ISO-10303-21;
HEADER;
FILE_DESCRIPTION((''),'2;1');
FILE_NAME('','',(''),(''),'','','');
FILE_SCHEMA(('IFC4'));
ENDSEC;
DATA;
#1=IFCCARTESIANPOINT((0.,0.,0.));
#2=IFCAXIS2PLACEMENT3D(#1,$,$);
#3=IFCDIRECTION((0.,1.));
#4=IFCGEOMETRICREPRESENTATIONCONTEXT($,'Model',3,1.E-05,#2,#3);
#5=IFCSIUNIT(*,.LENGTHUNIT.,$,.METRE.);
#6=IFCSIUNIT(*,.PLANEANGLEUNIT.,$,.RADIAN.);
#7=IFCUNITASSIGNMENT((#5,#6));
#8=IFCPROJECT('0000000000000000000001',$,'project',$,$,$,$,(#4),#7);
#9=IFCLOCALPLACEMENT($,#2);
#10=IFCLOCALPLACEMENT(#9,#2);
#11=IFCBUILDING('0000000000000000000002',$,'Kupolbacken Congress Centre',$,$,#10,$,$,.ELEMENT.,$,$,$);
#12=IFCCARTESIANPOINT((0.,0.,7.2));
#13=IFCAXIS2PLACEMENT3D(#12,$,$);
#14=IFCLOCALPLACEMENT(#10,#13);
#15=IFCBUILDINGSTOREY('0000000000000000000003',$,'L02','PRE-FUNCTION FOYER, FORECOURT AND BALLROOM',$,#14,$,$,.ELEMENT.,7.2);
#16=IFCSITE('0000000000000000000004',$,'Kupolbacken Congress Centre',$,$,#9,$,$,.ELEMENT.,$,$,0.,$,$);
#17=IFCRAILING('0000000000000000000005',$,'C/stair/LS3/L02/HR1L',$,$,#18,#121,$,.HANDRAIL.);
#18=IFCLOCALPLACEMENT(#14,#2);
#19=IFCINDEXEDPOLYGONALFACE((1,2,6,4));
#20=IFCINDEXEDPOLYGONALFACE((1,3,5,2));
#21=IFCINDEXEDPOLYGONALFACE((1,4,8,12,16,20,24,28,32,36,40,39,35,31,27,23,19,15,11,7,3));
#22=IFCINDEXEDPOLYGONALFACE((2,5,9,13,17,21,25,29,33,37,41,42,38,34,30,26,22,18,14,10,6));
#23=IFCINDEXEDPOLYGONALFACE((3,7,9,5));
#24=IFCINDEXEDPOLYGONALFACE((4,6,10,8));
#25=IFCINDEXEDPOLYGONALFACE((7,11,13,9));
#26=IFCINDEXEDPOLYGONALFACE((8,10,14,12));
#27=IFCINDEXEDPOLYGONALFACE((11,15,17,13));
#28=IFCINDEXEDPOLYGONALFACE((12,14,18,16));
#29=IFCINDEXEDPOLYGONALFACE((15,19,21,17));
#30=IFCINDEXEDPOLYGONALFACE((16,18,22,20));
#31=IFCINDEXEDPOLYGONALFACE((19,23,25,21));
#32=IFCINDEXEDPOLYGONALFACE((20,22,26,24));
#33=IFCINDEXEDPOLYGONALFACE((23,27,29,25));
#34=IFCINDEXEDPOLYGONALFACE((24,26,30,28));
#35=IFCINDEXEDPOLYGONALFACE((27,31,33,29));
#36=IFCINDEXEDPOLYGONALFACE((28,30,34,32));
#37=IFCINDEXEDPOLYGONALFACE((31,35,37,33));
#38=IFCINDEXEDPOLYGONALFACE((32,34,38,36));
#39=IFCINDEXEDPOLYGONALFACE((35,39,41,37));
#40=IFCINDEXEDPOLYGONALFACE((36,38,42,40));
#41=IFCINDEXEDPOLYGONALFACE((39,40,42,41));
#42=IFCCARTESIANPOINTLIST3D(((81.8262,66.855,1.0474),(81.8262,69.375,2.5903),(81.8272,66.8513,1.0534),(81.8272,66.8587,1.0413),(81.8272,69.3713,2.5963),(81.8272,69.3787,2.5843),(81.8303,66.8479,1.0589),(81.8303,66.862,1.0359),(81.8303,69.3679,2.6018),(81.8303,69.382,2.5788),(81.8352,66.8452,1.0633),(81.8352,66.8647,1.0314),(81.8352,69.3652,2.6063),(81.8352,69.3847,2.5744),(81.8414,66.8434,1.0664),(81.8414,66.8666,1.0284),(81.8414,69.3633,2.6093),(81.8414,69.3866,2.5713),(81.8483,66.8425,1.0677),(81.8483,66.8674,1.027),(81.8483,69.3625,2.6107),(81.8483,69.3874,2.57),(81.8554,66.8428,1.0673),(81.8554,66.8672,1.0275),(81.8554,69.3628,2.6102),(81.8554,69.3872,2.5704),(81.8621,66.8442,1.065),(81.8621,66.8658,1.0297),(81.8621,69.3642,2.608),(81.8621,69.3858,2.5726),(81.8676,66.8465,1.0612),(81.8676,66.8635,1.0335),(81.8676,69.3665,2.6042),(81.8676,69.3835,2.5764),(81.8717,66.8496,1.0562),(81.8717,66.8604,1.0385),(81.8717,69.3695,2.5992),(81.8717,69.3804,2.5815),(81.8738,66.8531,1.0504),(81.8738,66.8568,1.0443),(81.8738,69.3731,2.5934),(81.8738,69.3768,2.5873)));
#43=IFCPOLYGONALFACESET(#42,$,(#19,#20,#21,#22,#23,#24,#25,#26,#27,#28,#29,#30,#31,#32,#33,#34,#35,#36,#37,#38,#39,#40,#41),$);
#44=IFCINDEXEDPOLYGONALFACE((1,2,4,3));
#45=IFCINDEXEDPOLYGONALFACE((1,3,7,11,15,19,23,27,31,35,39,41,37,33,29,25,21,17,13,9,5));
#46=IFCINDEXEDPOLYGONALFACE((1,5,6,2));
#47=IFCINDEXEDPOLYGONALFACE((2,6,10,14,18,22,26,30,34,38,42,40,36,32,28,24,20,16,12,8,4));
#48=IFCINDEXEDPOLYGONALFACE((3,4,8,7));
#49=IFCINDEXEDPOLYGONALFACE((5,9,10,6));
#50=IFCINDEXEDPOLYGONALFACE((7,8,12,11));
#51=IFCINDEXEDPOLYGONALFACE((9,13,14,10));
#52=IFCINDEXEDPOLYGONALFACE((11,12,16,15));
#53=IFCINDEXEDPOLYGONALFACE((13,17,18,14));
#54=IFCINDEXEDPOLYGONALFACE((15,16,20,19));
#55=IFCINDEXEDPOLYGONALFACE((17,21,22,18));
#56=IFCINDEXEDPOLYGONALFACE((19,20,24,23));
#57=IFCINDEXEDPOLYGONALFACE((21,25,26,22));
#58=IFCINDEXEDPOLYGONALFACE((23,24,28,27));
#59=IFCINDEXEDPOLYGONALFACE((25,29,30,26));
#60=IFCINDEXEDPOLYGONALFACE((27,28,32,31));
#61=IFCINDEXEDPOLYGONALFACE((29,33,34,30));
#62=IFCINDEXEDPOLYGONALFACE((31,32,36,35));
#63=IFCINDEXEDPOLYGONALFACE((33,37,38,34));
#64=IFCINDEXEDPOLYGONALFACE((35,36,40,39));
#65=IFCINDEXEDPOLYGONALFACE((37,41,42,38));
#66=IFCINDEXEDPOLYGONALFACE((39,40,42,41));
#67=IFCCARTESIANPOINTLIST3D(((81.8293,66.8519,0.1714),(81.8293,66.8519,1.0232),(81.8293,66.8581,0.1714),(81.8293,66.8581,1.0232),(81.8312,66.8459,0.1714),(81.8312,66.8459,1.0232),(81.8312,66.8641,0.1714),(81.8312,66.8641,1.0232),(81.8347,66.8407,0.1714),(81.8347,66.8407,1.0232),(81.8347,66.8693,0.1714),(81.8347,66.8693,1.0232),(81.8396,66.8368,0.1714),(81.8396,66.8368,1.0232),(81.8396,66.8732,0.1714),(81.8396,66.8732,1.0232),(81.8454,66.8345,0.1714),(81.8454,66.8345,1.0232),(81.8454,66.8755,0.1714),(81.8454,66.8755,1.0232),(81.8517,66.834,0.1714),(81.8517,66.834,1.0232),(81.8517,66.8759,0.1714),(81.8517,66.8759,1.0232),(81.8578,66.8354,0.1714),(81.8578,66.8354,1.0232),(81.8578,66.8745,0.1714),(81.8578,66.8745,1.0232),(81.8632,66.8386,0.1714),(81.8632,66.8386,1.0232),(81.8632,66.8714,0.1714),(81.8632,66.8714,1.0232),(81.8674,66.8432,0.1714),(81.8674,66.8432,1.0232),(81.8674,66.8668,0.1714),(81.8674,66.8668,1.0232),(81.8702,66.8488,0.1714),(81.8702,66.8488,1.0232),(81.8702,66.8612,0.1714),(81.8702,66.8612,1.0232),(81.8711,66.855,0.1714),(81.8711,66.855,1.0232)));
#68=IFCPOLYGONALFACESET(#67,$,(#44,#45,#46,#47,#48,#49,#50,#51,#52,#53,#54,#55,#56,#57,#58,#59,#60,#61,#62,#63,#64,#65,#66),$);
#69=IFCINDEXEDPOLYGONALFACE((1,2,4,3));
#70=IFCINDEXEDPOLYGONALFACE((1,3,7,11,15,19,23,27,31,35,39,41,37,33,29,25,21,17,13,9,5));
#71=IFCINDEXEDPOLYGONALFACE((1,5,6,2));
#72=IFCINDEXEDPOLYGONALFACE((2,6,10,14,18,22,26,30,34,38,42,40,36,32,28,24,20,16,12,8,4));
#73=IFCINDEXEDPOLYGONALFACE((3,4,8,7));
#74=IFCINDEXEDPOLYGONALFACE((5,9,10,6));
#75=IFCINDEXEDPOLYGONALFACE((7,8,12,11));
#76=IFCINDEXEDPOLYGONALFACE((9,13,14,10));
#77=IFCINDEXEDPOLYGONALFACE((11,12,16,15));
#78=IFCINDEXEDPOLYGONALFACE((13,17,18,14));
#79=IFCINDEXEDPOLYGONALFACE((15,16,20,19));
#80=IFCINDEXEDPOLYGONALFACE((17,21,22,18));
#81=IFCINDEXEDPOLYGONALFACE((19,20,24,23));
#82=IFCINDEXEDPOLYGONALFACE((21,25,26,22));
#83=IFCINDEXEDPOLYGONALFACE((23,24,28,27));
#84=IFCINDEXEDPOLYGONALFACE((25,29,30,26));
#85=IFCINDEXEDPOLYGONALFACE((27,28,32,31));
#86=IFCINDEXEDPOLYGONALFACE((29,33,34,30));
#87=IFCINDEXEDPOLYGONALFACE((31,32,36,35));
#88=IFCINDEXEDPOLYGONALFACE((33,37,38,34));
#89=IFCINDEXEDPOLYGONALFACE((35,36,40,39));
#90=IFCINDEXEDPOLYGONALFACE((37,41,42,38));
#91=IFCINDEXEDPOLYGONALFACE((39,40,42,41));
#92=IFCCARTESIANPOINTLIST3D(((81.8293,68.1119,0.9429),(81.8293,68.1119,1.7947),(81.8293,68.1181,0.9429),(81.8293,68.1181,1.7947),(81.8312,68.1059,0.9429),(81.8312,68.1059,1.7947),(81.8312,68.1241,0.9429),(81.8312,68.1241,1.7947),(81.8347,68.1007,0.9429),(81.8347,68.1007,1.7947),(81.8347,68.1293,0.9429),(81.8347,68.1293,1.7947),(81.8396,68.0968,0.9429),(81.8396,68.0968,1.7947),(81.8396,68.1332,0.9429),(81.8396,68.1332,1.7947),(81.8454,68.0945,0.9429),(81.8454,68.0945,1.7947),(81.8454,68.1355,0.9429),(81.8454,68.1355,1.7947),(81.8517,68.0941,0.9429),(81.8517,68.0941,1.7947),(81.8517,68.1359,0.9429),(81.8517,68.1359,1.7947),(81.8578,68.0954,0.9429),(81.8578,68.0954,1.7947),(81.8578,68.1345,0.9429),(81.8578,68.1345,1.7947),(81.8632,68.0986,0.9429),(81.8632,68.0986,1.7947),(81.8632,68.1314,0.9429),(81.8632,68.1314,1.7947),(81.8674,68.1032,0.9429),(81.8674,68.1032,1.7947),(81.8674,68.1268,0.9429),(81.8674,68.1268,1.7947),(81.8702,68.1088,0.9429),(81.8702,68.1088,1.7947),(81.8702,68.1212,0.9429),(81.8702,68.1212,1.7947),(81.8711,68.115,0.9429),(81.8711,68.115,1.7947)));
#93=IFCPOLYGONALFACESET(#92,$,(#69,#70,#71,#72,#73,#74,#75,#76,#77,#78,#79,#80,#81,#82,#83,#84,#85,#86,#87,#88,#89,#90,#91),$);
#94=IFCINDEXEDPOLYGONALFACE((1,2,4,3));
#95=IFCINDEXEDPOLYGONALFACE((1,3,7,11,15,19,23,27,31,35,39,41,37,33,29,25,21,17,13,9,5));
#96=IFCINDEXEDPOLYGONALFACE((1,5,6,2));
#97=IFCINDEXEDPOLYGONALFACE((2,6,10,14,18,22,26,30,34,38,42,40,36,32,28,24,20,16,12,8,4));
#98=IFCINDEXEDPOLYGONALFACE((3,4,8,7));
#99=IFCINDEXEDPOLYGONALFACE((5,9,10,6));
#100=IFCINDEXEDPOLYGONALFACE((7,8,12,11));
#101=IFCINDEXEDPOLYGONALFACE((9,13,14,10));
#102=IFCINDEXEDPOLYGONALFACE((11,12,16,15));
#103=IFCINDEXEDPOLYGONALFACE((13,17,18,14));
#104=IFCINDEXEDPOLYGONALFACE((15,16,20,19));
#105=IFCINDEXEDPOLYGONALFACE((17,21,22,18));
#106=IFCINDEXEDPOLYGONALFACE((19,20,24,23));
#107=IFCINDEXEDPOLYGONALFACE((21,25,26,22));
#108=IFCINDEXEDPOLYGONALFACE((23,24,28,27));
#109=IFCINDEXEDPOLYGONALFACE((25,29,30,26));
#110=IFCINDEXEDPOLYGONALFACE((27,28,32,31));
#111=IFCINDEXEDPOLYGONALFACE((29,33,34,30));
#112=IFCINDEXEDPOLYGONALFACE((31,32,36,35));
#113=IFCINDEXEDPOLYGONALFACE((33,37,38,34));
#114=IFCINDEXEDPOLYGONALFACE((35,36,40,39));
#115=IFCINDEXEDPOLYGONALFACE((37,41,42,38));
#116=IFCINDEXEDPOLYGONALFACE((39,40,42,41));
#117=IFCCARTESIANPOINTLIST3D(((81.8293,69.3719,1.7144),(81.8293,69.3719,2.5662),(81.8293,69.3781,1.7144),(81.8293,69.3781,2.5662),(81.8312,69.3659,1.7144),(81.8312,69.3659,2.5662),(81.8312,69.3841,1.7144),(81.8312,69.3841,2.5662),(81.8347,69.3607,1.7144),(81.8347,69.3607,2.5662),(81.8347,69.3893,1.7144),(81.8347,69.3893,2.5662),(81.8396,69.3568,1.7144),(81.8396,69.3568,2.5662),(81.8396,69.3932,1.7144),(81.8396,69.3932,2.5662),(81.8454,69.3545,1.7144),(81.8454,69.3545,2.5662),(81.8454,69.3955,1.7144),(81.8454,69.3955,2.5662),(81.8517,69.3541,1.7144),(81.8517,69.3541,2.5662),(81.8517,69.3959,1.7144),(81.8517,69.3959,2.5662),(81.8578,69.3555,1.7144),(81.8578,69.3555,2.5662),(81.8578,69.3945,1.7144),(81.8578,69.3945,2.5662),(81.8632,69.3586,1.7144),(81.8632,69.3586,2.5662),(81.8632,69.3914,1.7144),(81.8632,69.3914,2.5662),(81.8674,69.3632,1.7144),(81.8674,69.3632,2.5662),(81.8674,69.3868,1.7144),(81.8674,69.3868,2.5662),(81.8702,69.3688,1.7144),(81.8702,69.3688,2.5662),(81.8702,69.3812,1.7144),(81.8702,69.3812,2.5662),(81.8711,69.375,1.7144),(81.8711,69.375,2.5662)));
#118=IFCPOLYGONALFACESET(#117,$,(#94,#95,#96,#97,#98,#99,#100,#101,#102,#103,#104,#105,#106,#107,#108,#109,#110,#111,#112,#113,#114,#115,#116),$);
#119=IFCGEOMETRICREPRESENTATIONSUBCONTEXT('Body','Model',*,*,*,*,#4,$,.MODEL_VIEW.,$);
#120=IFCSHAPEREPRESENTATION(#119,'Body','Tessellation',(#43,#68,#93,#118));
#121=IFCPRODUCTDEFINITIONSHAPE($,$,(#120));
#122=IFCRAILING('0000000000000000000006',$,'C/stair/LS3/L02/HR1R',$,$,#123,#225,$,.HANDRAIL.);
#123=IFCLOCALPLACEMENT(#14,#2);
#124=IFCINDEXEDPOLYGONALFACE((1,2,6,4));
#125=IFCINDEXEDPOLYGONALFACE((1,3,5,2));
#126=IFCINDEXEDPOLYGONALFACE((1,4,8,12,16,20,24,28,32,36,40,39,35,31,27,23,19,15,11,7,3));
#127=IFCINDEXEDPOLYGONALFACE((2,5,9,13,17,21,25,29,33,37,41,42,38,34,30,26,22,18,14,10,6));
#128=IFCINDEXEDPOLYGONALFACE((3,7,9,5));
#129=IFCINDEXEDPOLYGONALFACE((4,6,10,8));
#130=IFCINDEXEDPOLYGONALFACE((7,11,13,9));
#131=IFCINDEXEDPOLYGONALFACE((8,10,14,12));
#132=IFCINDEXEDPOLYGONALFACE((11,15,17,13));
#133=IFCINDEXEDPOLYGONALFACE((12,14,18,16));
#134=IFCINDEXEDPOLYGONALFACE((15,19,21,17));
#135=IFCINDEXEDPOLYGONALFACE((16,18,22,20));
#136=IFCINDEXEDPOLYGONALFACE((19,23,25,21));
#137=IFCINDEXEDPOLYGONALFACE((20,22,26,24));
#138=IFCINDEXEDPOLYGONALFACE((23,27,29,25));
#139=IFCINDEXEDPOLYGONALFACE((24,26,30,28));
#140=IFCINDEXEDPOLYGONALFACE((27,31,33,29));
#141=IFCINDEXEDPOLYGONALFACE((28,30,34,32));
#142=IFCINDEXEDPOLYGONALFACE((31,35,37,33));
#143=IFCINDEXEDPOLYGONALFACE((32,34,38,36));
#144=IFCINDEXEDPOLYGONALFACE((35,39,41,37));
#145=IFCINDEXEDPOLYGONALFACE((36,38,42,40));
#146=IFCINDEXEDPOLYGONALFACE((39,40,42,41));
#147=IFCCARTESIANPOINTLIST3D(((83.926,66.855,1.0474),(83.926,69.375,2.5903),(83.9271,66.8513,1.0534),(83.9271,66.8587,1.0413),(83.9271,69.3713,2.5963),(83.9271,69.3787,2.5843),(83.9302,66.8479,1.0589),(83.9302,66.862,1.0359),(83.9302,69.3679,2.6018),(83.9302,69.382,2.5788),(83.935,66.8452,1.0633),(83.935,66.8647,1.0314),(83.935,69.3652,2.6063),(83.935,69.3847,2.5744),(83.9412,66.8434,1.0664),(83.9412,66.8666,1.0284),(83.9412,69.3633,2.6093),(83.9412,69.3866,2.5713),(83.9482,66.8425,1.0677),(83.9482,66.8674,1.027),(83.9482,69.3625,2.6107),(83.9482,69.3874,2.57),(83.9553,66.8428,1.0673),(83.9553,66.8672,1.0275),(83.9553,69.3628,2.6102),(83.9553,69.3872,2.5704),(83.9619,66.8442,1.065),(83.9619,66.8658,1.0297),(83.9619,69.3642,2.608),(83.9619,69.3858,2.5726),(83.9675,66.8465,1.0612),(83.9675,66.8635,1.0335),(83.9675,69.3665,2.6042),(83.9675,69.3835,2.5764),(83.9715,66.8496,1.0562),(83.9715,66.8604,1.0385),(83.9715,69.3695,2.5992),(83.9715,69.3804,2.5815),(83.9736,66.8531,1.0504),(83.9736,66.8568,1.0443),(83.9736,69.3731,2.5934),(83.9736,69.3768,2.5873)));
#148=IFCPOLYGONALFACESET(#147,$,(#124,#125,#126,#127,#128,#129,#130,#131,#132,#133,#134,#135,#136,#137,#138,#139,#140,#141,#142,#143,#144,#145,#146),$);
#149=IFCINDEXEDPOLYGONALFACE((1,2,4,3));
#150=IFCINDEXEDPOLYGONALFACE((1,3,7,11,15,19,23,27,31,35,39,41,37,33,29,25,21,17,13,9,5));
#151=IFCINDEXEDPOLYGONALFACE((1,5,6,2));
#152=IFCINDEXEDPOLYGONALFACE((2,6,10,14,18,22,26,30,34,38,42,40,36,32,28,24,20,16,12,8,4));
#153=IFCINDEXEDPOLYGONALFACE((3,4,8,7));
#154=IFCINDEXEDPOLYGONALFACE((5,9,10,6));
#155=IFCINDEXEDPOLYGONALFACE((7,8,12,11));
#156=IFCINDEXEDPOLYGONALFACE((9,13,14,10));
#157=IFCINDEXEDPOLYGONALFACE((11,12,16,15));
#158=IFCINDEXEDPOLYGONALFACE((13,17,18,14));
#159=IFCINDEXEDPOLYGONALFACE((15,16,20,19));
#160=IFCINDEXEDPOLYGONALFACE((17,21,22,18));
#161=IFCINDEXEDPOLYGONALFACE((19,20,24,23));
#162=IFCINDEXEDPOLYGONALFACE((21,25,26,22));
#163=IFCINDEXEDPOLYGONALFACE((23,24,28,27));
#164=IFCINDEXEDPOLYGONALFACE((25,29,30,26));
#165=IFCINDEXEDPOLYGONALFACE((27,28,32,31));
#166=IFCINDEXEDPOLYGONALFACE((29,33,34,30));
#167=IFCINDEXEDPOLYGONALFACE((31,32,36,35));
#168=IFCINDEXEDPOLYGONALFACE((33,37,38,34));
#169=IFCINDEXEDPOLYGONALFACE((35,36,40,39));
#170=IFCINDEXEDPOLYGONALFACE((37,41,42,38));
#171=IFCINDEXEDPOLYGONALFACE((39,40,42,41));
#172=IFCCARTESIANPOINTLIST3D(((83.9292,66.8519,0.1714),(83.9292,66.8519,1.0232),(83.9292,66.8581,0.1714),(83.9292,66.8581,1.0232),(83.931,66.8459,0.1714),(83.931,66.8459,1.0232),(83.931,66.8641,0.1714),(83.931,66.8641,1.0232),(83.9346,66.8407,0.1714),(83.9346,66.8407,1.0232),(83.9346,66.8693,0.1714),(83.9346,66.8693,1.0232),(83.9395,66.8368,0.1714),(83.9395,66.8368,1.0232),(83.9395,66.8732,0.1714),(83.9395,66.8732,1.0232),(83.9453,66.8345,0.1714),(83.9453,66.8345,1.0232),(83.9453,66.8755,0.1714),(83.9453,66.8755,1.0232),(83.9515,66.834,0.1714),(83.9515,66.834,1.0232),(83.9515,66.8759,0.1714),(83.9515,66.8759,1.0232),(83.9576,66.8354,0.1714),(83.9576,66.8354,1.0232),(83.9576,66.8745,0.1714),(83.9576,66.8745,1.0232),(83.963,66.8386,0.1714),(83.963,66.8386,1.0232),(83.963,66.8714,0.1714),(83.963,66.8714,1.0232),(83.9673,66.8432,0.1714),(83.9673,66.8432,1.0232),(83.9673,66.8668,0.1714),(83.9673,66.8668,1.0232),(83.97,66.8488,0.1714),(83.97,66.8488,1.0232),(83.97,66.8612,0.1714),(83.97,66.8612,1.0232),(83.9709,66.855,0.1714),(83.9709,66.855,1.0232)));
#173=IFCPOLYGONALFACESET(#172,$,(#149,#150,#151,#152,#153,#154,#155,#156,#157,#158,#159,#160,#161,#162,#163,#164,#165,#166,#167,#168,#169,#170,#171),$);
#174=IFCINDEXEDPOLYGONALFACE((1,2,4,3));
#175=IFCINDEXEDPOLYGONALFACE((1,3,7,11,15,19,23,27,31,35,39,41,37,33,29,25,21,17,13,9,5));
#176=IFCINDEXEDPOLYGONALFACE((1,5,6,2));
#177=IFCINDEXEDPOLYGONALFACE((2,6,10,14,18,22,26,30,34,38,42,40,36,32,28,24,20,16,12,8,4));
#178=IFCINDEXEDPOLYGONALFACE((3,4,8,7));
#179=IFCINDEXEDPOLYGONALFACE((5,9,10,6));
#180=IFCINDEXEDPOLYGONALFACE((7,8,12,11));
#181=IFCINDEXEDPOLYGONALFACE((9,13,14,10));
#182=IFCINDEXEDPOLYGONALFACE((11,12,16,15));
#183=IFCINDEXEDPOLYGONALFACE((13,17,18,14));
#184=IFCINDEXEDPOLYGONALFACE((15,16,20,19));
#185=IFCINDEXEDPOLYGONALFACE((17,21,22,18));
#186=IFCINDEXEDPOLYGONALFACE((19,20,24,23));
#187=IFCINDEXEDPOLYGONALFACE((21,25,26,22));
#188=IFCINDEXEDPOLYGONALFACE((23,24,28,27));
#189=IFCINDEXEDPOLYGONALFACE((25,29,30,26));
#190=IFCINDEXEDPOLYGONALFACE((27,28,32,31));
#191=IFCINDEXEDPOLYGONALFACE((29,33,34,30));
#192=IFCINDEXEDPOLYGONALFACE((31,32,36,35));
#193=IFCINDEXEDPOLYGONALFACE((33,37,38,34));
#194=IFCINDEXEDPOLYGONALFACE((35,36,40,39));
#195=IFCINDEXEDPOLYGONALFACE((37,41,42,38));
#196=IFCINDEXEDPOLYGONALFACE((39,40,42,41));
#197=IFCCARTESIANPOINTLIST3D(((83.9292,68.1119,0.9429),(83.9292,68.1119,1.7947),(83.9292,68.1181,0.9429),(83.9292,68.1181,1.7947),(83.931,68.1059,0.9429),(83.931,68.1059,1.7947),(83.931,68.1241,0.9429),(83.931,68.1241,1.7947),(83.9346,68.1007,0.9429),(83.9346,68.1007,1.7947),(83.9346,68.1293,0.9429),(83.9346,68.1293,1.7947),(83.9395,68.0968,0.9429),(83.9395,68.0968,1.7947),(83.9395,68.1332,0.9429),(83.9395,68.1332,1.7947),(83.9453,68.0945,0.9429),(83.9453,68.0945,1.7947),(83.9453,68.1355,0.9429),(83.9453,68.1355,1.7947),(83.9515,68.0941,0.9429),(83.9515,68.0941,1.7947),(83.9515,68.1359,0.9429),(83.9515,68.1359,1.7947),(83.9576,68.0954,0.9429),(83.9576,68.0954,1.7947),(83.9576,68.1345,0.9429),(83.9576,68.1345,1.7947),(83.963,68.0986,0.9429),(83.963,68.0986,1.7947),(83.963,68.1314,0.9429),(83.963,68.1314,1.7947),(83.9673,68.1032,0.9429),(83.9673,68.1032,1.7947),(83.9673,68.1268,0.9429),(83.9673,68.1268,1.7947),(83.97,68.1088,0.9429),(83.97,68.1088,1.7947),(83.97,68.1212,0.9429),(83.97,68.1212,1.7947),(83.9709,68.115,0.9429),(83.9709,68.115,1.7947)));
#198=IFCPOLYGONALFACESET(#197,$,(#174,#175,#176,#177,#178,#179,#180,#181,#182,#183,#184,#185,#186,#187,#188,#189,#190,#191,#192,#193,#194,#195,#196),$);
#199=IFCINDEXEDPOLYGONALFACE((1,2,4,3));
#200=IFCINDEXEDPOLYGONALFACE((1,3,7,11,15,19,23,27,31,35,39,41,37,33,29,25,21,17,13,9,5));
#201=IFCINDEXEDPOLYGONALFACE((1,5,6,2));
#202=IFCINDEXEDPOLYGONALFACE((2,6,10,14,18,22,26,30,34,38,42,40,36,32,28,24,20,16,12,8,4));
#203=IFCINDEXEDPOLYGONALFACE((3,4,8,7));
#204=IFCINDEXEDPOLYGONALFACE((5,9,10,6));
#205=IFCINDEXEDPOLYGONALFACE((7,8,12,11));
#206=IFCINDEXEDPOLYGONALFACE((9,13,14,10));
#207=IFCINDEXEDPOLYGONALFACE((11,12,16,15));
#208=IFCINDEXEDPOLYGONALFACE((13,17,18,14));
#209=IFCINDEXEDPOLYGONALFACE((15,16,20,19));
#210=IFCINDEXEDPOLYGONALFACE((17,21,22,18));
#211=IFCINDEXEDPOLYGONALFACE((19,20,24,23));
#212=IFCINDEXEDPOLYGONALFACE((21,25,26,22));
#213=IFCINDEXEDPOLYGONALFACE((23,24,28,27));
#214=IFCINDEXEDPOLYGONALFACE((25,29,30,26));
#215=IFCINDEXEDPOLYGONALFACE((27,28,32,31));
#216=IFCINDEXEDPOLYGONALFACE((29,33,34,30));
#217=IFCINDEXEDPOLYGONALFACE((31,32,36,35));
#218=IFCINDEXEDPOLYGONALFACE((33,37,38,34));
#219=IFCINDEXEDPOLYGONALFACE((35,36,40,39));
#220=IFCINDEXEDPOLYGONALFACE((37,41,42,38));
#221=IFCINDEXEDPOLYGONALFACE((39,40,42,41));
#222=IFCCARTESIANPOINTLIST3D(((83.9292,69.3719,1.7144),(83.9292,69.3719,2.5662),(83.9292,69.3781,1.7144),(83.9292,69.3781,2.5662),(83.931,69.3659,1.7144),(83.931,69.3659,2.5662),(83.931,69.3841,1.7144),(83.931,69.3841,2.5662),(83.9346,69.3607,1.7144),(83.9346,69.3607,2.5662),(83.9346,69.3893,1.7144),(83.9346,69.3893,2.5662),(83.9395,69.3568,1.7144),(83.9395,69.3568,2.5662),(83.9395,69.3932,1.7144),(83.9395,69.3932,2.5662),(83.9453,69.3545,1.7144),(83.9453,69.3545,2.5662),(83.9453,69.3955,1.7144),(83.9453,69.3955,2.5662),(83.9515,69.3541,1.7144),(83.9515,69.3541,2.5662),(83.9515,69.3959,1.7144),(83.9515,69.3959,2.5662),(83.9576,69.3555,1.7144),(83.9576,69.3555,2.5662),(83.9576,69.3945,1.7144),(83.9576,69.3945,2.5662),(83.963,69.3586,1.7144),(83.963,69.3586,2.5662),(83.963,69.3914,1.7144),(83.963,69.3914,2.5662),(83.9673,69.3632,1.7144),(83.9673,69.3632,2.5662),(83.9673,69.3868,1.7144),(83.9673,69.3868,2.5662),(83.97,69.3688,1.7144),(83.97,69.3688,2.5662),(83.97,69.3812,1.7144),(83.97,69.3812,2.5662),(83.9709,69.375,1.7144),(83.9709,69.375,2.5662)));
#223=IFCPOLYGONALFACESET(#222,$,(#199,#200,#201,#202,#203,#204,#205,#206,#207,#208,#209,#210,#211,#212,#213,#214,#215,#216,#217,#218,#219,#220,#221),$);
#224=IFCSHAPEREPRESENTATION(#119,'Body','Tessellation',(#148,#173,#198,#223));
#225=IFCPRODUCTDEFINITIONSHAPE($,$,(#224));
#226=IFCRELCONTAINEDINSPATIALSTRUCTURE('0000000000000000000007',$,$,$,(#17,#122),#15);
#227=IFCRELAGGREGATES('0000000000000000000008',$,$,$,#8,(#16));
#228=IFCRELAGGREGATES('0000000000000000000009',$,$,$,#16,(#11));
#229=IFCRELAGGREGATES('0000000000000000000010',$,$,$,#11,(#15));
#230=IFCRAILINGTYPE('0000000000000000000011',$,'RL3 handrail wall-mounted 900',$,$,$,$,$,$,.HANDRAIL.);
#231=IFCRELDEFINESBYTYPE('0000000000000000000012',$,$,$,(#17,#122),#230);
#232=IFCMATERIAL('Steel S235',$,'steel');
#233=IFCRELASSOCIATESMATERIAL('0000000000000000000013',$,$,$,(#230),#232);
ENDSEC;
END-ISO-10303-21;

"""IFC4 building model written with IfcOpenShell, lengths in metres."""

from ifc_helpers import new_model, si_unit, direction, frame, origin, origin_2d, place, context, subcontext, project, spatial, circle, extrude, material, type_object, element, save


model = new_model("IFC4")

# Units and contexts
model_context = context("Model", 3, precision=1e-05, world=origin(), true_north=direction((0.0, 1.0)))
body_context = subcontext(model_context, "Body", "Model", "MODEL_VIEW")
ifc_project = project(units=[si_unit("LENGTHUNIT", "METRE"), si_unit("PLANEANGLEUNIT", "RADIAN")], contexts=[model_context])

# Site, building, storey
site_placement = place(None, origin())
site = spatial("IfcSite", under=ifc_project, at=site_placement, Name="Kupolbacken Congress Centre", CompositionType="ELEMENT", RefElevation=0.0)
building_placement = place(site_placement, origin())
building = spatial("IfcBuilding", under=site, at=building_placement, Name="Kupolbacken Congress Centre", CompositionType="ELEMENT")
storey_placement = place(building_placement, frame((0.0, 0.0, 7.2)))
storey = spatial("IfcBuildingStorey", under=building, at=storey_placement, Name="L02", Description="PRE-FUNCTION FOYER, FORECOURT AND BALLROOM", CompositionType="ELEMENT", Elevation=7.2)

# Railings
ifc_material_1 = material(Name="Steel S235", Category="steel")
railing_type = type_object("IfcRailingType", Name="RL3 handrail wall-mounted 900", PredefinedType="HANDRAIL", material=ifc_material_1)
for number, where, name in (
    (1, (81.8501, 66.855, 0.1714), "C/stair/LS3/L02/HR1L"),
    (2, (83.95, 66.855, 0.1714), "C/stair/LS3/L02/HR1R"),
):
    element("IfcRailing", number, at=place(storey_placement, frame(where)), inside=storey, type_object=railing_type, Name=name, PredefinedType="HANDRAIL", context=body_context, shape_type="SweptSolid", body=[
        extrude(circle(Radius=0.0239, at=origin_2d()), frame((0.0, 0.0, 0.876), z_axis=(0.0, 0.852836, 0.522178), x_axis=(-1.0, 0.0, 0.0)), (0.0, 0.0, 1.0), 2.9548),
        extrude(circle(Radius=0.021, at=origin_2d()), origin(), (0.0, 0.0, 1.0), 0.8518),
        extrude(circle(Radius=0.021, at=origin_2d()), frame((0.0, 1.26, 0.7715)), (0.0, 0.0, 1.0), 0.8518),
        extrude(circle(Radius=0.021, at=origin_2d()), frame((0.0, 2.52, 1.543)), (0.0, 0.0, 1.0), 0.8518),
    ])

save(model, "model.ifc")
